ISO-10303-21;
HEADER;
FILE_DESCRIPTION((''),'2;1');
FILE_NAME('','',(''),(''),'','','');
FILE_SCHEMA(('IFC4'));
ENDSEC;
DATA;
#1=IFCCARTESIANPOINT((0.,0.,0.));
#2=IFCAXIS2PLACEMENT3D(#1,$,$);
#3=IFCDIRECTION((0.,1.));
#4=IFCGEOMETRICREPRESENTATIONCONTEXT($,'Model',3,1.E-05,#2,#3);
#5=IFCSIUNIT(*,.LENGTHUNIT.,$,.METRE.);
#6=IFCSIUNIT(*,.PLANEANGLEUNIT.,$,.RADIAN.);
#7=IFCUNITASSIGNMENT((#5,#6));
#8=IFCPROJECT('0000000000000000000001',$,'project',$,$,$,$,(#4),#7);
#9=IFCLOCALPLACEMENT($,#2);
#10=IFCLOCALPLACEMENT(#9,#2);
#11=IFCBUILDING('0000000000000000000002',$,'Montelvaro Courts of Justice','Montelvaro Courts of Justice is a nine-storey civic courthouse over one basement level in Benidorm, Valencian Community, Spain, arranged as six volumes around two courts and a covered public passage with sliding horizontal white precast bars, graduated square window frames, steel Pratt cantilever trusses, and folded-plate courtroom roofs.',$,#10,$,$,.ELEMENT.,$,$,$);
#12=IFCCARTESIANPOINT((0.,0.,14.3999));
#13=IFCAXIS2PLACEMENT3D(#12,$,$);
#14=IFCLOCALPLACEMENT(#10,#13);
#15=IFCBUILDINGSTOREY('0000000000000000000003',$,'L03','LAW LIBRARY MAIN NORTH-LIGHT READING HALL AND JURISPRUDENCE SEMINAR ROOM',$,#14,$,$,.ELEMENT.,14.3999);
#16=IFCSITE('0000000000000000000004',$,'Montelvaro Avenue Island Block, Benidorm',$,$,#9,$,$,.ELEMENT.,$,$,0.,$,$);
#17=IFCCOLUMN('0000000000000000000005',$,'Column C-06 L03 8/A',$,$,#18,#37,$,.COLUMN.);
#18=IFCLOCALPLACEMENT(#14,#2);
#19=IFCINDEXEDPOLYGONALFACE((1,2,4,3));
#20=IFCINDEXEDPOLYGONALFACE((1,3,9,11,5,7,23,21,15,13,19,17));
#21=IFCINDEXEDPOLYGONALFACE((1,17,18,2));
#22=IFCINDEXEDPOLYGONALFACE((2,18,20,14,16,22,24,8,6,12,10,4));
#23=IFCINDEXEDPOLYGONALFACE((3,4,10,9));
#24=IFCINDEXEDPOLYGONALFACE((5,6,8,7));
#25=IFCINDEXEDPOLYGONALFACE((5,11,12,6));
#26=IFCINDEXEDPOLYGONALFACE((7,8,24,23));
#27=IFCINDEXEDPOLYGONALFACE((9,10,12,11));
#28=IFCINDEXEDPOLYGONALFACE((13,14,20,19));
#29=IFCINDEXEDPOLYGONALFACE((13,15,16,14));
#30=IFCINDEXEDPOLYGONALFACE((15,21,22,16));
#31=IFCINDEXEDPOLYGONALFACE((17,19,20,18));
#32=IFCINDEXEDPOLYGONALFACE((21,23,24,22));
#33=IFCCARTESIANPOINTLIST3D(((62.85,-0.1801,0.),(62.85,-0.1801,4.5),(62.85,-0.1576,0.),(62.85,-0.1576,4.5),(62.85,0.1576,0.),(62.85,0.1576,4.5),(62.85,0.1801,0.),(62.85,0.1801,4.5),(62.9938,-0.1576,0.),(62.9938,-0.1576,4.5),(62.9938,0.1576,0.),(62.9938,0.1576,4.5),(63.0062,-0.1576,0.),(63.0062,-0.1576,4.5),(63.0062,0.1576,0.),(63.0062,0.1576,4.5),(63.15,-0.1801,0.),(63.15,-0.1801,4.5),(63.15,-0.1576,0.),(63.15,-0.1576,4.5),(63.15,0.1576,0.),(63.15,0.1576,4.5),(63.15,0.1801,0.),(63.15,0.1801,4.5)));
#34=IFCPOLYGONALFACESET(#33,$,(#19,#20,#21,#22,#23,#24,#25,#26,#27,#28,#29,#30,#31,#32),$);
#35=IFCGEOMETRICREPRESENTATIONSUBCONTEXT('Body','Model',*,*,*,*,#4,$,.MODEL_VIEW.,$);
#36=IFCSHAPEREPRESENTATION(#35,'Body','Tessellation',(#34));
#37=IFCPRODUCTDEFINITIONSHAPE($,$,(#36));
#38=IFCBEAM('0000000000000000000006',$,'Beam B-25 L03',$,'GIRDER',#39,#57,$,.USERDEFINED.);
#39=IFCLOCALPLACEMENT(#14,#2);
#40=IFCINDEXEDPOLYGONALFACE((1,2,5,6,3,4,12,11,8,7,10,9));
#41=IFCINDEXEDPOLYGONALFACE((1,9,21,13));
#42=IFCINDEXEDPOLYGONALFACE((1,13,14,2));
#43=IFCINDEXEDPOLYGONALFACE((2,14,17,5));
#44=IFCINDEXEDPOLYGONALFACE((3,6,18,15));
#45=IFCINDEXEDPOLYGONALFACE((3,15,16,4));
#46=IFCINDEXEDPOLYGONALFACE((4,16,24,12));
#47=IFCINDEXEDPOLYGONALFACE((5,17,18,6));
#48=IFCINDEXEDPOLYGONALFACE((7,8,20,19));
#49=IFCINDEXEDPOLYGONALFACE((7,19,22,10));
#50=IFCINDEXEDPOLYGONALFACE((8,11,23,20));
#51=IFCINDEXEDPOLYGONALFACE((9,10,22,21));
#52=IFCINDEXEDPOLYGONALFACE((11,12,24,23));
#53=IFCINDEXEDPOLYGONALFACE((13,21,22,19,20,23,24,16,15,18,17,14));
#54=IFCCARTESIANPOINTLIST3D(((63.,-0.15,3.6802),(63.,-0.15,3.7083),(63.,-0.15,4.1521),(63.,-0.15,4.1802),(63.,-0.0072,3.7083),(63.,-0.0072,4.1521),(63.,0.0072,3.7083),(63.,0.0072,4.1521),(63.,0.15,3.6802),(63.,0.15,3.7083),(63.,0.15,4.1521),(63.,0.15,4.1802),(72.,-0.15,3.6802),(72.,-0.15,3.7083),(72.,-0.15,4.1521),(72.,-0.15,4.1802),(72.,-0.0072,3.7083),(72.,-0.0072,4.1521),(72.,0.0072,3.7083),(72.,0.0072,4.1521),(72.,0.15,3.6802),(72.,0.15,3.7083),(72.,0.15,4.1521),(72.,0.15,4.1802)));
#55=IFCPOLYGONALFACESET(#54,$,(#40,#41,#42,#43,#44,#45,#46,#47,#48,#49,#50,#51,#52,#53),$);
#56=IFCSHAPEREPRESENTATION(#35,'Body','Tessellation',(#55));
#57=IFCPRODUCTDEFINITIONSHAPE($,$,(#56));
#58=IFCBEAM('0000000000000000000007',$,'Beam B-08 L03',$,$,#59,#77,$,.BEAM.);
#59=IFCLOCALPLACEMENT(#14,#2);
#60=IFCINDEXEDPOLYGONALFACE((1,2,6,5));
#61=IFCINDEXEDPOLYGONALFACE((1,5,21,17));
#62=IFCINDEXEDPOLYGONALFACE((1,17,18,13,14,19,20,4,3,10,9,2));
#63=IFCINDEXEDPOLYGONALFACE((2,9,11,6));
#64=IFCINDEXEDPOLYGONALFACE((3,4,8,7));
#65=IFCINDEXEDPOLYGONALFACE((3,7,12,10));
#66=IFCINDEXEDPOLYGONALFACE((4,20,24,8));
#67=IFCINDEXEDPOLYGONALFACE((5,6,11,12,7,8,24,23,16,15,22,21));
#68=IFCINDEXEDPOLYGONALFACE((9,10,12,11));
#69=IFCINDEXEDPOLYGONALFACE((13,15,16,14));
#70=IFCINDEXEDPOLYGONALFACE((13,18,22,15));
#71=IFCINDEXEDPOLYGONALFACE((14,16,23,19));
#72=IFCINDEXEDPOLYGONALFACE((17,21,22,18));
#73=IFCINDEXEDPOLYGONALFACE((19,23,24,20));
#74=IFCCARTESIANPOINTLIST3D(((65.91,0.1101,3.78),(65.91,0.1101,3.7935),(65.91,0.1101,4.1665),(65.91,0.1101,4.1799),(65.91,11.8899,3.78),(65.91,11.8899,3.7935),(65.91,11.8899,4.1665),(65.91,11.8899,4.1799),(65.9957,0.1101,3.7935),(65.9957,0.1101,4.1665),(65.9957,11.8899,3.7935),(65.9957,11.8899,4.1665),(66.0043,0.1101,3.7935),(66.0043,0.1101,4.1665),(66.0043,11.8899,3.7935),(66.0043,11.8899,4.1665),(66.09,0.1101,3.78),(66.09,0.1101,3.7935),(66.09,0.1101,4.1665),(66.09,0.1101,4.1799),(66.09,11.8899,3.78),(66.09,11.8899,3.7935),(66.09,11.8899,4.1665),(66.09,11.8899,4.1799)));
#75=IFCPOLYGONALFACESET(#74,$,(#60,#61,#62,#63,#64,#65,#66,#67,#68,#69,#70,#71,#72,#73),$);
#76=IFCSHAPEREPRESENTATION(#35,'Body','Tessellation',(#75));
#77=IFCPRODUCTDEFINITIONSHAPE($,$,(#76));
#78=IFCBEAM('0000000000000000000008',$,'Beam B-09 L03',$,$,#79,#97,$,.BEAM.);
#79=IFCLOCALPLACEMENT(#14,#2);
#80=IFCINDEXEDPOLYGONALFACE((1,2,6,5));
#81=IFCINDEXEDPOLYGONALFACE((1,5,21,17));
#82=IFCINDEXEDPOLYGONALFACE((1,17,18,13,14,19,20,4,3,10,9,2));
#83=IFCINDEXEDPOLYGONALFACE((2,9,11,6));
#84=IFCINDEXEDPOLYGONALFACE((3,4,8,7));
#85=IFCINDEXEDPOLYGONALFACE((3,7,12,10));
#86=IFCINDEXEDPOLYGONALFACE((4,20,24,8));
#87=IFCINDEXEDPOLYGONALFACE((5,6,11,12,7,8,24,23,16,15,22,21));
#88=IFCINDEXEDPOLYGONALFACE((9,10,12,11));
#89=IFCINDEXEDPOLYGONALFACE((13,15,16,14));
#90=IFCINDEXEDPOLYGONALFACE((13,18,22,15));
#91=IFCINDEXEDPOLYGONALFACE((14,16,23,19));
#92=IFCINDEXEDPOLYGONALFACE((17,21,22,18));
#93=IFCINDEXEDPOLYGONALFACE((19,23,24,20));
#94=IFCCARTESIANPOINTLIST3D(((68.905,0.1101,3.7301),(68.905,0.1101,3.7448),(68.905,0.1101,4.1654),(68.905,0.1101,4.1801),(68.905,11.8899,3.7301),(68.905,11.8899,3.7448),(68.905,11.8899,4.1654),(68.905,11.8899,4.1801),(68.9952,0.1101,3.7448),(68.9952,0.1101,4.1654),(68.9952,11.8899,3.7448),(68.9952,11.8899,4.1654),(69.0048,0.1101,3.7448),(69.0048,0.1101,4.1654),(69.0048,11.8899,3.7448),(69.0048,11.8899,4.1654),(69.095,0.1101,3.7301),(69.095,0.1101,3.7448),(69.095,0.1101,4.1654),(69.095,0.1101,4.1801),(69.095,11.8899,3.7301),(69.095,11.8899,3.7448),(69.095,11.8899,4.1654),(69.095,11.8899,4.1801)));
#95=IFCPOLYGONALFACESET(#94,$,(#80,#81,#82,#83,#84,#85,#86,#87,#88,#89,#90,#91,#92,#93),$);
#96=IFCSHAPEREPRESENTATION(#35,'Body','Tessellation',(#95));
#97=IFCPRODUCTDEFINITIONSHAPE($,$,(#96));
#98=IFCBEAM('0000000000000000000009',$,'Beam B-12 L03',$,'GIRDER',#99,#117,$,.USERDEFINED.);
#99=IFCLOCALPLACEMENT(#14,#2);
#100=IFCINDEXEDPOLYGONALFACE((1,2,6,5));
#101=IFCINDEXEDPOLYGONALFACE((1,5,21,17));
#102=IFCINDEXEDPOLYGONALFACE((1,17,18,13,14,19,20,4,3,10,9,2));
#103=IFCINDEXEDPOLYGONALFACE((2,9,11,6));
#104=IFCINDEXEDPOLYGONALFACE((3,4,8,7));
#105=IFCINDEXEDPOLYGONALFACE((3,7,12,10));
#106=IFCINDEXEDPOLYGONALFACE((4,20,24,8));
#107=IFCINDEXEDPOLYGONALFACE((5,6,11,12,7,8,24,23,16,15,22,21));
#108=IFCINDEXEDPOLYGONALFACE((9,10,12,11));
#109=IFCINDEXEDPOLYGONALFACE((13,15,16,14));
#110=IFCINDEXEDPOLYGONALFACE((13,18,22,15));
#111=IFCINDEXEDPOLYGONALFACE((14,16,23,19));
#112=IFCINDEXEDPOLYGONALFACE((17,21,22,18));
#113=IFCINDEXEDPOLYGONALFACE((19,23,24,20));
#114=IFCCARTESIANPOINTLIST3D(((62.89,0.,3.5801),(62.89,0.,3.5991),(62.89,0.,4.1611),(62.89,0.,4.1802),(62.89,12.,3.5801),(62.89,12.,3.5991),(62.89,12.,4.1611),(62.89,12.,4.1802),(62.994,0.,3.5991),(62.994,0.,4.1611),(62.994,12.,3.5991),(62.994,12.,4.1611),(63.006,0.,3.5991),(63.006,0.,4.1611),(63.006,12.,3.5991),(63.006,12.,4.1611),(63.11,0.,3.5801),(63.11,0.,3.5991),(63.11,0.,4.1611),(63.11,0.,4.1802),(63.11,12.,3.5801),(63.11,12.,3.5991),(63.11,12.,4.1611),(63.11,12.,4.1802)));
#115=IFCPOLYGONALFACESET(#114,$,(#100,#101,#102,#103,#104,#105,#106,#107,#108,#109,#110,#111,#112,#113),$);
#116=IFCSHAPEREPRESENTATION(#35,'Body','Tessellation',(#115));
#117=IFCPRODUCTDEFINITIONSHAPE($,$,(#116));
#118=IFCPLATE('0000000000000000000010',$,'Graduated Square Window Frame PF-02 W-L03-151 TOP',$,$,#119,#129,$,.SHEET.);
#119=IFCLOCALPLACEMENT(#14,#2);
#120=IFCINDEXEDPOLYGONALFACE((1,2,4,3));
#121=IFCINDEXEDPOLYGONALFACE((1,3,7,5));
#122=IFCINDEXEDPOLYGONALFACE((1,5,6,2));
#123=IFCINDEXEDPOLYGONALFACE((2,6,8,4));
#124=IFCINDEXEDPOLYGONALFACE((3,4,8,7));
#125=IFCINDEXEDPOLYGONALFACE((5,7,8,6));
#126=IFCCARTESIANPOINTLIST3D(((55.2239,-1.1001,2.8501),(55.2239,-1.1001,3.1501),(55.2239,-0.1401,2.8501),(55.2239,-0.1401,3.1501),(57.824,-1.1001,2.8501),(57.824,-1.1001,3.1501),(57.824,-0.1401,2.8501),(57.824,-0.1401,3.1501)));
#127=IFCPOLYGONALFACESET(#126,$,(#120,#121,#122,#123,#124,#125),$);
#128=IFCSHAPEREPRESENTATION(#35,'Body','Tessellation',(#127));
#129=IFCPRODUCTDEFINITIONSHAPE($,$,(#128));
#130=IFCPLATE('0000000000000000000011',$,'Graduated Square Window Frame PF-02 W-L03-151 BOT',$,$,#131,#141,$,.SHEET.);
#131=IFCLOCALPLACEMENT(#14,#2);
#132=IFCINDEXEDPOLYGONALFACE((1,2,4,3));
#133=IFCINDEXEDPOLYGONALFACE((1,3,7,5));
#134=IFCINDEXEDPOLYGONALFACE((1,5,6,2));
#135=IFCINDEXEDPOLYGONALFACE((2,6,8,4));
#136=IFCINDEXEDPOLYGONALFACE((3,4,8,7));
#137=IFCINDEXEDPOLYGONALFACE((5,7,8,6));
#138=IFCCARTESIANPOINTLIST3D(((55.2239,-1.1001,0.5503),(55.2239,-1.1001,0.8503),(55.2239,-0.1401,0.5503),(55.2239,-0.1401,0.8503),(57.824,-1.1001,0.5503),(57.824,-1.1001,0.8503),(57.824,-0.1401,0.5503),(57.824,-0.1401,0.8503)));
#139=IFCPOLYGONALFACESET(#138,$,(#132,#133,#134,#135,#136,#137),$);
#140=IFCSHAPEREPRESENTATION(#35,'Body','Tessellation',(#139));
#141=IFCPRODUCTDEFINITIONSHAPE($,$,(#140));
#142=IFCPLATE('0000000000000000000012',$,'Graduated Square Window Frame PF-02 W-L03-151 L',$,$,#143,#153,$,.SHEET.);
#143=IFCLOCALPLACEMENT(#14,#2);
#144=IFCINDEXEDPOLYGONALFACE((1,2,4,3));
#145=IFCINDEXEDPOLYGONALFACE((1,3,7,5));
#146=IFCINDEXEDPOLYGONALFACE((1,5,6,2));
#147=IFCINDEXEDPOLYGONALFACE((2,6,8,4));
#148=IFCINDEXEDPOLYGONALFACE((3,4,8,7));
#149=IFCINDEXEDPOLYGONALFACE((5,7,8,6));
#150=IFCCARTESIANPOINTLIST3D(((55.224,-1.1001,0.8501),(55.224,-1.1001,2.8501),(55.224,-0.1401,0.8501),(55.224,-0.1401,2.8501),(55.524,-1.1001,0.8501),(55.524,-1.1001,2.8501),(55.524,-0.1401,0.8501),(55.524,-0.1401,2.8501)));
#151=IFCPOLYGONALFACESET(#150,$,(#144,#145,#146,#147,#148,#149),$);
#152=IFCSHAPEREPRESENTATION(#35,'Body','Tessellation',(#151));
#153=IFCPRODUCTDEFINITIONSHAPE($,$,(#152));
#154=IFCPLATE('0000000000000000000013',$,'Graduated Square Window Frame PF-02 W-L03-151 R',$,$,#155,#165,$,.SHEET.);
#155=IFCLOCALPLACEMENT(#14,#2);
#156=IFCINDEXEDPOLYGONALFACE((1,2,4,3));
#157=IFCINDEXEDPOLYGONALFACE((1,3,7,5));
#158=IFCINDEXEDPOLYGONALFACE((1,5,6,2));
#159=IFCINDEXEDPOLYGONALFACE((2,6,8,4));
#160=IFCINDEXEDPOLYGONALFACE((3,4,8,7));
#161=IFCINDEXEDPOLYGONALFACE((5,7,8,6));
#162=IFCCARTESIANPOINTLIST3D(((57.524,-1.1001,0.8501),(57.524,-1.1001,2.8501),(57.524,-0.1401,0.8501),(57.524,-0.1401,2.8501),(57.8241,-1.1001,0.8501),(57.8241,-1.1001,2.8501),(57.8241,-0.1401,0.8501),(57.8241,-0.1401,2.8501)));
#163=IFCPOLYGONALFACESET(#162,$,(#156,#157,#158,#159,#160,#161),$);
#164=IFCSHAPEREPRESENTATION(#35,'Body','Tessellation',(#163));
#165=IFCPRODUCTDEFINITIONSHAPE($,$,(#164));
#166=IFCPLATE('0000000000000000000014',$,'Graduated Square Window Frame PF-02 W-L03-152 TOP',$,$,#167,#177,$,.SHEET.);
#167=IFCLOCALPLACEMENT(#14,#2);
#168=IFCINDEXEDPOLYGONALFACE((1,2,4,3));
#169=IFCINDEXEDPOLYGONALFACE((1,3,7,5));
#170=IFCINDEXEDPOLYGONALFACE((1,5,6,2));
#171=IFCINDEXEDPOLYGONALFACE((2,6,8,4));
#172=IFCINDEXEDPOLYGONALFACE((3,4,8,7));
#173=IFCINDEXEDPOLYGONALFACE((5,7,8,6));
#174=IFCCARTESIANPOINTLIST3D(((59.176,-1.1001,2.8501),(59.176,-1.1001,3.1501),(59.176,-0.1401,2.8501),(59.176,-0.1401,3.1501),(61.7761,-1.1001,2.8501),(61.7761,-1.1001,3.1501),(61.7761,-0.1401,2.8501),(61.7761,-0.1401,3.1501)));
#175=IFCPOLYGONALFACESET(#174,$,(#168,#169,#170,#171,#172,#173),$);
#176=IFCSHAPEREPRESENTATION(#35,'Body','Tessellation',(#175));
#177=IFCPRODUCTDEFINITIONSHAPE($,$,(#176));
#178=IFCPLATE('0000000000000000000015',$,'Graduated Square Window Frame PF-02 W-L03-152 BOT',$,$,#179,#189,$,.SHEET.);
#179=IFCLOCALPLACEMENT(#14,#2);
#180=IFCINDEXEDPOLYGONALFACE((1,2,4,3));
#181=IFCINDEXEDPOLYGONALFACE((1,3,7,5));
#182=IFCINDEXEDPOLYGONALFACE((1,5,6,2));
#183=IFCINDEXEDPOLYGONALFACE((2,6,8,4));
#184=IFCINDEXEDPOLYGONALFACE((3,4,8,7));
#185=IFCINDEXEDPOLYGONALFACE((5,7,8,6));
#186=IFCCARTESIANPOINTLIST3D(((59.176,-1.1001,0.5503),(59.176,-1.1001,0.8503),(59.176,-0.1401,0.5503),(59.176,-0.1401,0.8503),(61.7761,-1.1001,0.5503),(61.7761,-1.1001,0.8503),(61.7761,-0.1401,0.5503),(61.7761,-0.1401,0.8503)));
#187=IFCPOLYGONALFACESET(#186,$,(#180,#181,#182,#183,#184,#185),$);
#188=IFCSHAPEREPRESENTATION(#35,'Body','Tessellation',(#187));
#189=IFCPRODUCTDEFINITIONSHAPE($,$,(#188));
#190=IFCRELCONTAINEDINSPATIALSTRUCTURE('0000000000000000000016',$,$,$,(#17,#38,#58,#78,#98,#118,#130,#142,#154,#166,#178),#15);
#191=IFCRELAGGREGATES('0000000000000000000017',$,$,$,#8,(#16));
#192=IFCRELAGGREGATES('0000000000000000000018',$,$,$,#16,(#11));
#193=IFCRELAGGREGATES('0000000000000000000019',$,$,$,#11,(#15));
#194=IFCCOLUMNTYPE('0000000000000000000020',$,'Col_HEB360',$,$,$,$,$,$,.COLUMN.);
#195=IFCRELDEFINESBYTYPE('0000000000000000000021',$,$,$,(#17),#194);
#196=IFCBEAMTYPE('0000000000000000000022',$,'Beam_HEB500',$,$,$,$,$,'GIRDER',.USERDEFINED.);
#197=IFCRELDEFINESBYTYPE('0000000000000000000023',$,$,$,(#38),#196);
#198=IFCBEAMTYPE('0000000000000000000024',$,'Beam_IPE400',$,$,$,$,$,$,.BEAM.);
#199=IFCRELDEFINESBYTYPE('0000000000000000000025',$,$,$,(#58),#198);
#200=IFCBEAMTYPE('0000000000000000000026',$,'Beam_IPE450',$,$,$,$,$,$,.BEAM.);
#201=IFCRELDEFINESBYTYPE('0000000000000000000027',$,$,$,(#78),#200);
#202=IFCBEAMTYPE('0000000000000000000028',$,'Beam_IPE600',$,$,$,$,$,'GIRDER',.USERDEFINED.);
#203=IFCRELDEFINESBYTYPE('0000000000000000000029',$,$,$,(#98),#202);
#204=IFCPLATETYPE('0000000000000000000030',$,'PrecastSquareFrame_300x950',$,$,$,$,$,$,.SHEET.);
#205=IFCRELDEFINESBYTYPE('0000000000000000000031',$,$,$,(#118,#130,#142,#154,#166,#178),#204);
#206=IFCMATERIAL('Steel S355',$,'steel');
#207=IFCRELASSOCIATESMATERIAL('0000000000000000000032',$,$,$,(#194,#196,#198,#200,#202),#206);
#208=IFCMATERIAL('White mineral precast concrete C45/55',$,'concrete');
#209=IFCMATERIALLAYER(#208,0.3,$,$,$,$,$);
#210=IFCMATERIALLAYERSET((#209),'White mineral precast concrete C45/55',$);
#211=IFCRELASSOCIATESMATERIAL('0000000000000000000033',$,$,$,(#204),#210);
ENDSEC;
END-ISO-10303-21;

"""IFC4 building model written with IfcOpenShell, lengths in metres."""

from ifc_helpers import new_model, si_unit, direction, frame, origin, origin_2d, place, context, subcontext, project, spatial, rectangle, i_section, extrude, material, layer, layer_set, material_profile, profile_set, type_object, element, save


model = new_model("IFC4")

# Units and contexts
model_context = context("Model", 3, precision=1e-05, world=origin(), true_north=direction((0.0, 1.0)))
body_context = subcontext(model_context, "Body", "Model", "MODEL_VIEW")
ifc_project = project(units=[si_unit("LENGTHUNIT", "METRE"), si_unit("PLANEANGLEUNIT", "RADIAN")], contexts=[model_context])

# Site, building, storey
site_placement = place(None, origin())
site = spatial("IfcSite", under=ifc_project, at=site_placement, Name="Montelvaro Avenue Island Block, Benidorm", CompositionType="ELEMENT", RefElevation=0.0)
building_placement = place(site_placement, origin())
building = spatial("IfcBuilding", under=site, at=building_placement, Name="Montelvaro Courts of Justice", Description="Montelvaro Courts of Justice is a nine-storey civic courthouse over one basement level in Benidorm, Valencian Community, Spain, arranged as six volumes around two courts and a covered public passage with sliding horizontal white precast bars, graduated square window frames, steel Pratt cantilever trusses, and folded-plate courtroom roofs.", CompositionType="ELEMENT")
storey_placement = place(building_placement, frame((0.0, 0.0, 14.3999)))
storey = spatial("IfcBuildingStorey", under=building, at=storey_placement, Name="L03", Description="LAW LIBRARY MAIN NORTH-LIGHT READING HALL AND JURISPRUDENCE SEMINAR ROOM", CompositionType="ELEMENT", Elevation=14.3999)

# Column
ifc_material_1 = material(Name="Steel S355", Category="steel")
ifc_material_profile_1 = material_profile(ifc_material_1, i_section(OverallWidth=0.3, OverallDepth=0.3601, WebThickness=0.0125, FlangeThickness=0.0225, at=origin_2d()), Name="HEB 360")
ifc_profile_set_1 = profile_set([ifc_material_profile_1], Name="Steel S355")
column_type = type_object("IfcColumnType", Name="Col_HEB360", PredefinedType="COLUMN", material=ifc_profile_set_1)
column_placement = place(storey_placement, frame((63.0, 0.0, 0.0), z_axis=(0.0, 0.0, 1.0), x_axis=(1.0, 0.0, 0.0)))
element("IfcColumn", 1, at=column_placement, inside=storey, type_object=column_type, Name="Column C-06 L03 8/A", PredefinedType="COLUMN", context=body_context, shape_type="SweptSolid", body=[
    extrude(i_section(OverallWidth=0.3, OverallDepth=0.3601, WebThickness=0.0125, FlangeThickness=0.0225, at=origin_2d()), origin(), (0.0, 0.0, 1.0), 4.5),
])

# Beams
ifc_material_profile_2 = material_profile(ifc_material_1, i_section(OverallWidth=0.3, OverallDepth=0.5, WebThickness=0.0144, FlangeThickness=0.0281, at=origin_2d()), Name="HEB 500")
ifc_profile_set_2 = profile_set([ifc_material_profile_2], Name="Steel S355")
beam_type_1 = type_object("IfcBeamType", Name="Beam_HEB500", ElementType="GIRDER", PredefinedType="USERDEFINED", material=ifc_profile_set_2)
beam_1_placement = place(storey_placement, frame((63.0, 0.0, 3.9302), z_axis=(1.0, 0.0, 0.0), x_axis=(0.0, 1.0, 0.0)))
element("IfcBeam", 2, at=beam_1_placement, inside=storey, type_object=beam_type_1, Name="Beam B-25 L03", ObjectType="GIRDER", PredefinedType="USERDEFINED", context=body_context, shape_type="SweptSolid", body=[
    extrude(i_section(OverallWidth=0.3, OverallDepth=0.5, WebThickness=0.0144, FlangeThickness=0.0281, at=origin_2d()), origin(), (0.0, 0.0, 1.0), 9.0),
])
ifc_material_profile_3 = material_profile(ifc_material_1, i_section(OverallWidth=0.1799, OverallDepth=0.3999, WebThickness=0.0085, FlangeThickness=0.0134, at=origin_2d()), Name="IPE 400")
ifc_profile_set_3 = profile_set([ifc_material_profile_3], Name="Steel S355")
beam_type_2 = type_object("IfcBeamType", Name="Beam_IPE400", PredefinedType="BEAM", material=ifc_profile_set_3)
beam_2_placement = place(storey_placement, frame((66.0, 0.1101, 3.98), z_axis=(0.0, 1.0, 0.0), x_axis=(-1.0, 0.0, 0.0)))
element("IfcBeam", 3, at=beam_2_placement, inside=storey, type_object=beam_type_2, Name="Beam B-08 L03", PredefinedType="BEAM", context=body_context, shape_type="SweptSolid", body=[
    extrude(i_section(OverallWidth=0.1799, OverallDepth=0.3999, WebThickness=0.0085, FlangeThickness=0.0134, at=origin_2d()), origin(), (0.0, 0.0, 1.0), 11.7798),
])
ifc_material_profile_4 = material_profile(ifc_material_1, i_section(OverallWidth=0.1899, OverallDepth=0.45, WebThickness=0.0095, FlangeThickness=0.0146, at=origin_2d()), Name="IPE 450")
ifc_profile_set_4 = profile_set([ifc_material_profile_4], Name="Steel S355")
beam_type_3 = type_object("IfcBeamType", Name="Beam_IPE450", PredefinedType="BEAM", material=ifc_profile_set_4)
beam_3_placement = place(storey_placement, frame((69.0, 0.1101, 3.9551), z_axis=(0.0, 1.0, 0.0), x_axis=(-1.0, 0.0, 0.0)))
element("IfcBeam", 4, at=beam_3_placement, inside=storey, type_object=beam_type_3, Name="Beam B-09 L03", PredefinedType="BEAM", context=body_context, shape_type="SweptSolid", body=[
    extrude(i_section(OverallWidth=0.1899, OverallDepth=0.45, WebThickness=0.0095, FlangeThickness=0.0146, at=origin_2d()), origin(), (0.0, 0.0, 1.0), 11.7798),
])
ifc_material_profile_5 = material_profile(ifc_material_1, i_section(OverallWidth=0.22, OverallDepth=0.6001, WebThickness=0.012, FlangeThickness=0.019, at=origin_2d()), Name="IPE 600")
ifc_profile_set_5 = profile_set([ifc_material_profile_5], Name="Steel S355")
beam_type_4 = type_object("IfcBeamType", Name="Beam_IPE600", ElementType="GIRDER", PredefinedType="USERDEFINED", material=ifc_profile_set_5)
beam_4_placement = place(storey_placement, frame((63.0, 0.0, 3.8801), z_axis=(0.0, 1.0, 0.0), x_axis=(-1.0, 0.0, 0.0)))
element("IfcBeam", 5, at=beam_4_placement, inside=storey, type_object=beam_type_4, Name="Beam B-12 L03", ObjectType="GIRDER", PredefinedType="USERDEFINED", context=body_context, shape_type="SweptSolid", body=[
    extrude(i_section(OverallWidth=0.22, OverallDepth=0.6001, WebThickness=0.012, FlangeThickness=0.019, at=origin_2d()), origin(), (0.0, 0.0, 1.0), 12.0),
])

# Plates
ifc_material_2 = material(Name="White mineral precast concrete C45/55", Category="concrete")
ifc_layer_1 = layer(ifc_material_2, 0.3)
ifc_layer_set_1 = layer_set([ifc_layer_1], Name="White mineral precast concrete C45/55")
plate_type = type_object("IfcPlateType", Name="PrecastSquareFrame_300x950", PredefinedType="SHEET", material=ifc_layer_set_1)
for number, where, z_axis, x_axis, name in (
    (6, (56.5239, -0.6201, 2.8501), (0.0, 0.0, 1.0), (1.0, 0.0, 0.0), "Graduated Square Window Frame PF-02 W-L03-151 TOP"),
    (7, (56.5239, -0.6201, 0.5503), (0.0, 0.0, 1.0), (1.0, 0.0, 0.0), "Graduated Square Window Frame PF-02 W-L03-151 BOT"),
):
    element("IfcPlate", number, at=place(storey_placement, frame(where, z_axis=z_axis, x_axis=x_axis)), inside=storey, type_object=plate_type, Name=name, PredefinedType="SHEET", context=body_context, shape_type="SweptSolid", body=[
        extrude(rectangle(XDim=2.6001, YDim=0.96, at=origin_2d()), origin(), (0.0, 0.0, 1.0), 0.3),
    ])
for number, where, z_axis, x_axis, name in (
    (8, (55.374, -0.6201, 0.8501), (0.0, 0.0, 1.0), (1.0, 0.0, 0.0), "Graduated Square Window Frame PF-02 W-L03-151 L"),
    (9, (57.6741, -0.6201, 0.8501), (0.0, 0.0, 1.0), (1.0, 0.0, 0.0), "Graduated Square Window Frame PF-02 W-L03-151 R"),
):
    element("IfcPlate", number, at=place(storey_placement, frame(where, z_axis=z_axis, x_axis=x_axis)), inside=storey, type_object=plate_type, Name=name, PredefinedType="SHEET", context=body_context, shape_type="SweptSolid", body=[
        extrude(rectangle(XDim=0.3, YDim=0.96, at=origin_2d()), origin(), (0.0, 0.0, 1.0), 2.0),
    ])
for number, where, z_axis, x_axis, name in (
    (10, (60.4761, -0.6201, 2.8501), (0.0, 0.0, 1.0), (1.0, 0.0, 0.0), "Graduated Square Window Frame PF-02 W-L03-152 TOP"),
    (11, (60.4761, -0.6201, 0.5503), (0.0, 0.0, 1.0), (1.0, 0.0, 0.0), "Graduated Square Window Frame PF-02 W-L03-152 BOT"),
):
    element("IfcPlate", number, at=place(storey_placement, frame(where, z_axis=z_axis, x_axis=x_axis)), inside=storey, type_object=plate_type, Name=name, PredefinedType="SHEET", context=body_context, shape_type="SweptSolid", body=[
        extrude(rectangle(XDim=2.6001, YDim=0.96, at=origin_2d()), origin(), (0.0, 0.0, 1.0), 0.3),
    ])

save(model, "model.ifc")
